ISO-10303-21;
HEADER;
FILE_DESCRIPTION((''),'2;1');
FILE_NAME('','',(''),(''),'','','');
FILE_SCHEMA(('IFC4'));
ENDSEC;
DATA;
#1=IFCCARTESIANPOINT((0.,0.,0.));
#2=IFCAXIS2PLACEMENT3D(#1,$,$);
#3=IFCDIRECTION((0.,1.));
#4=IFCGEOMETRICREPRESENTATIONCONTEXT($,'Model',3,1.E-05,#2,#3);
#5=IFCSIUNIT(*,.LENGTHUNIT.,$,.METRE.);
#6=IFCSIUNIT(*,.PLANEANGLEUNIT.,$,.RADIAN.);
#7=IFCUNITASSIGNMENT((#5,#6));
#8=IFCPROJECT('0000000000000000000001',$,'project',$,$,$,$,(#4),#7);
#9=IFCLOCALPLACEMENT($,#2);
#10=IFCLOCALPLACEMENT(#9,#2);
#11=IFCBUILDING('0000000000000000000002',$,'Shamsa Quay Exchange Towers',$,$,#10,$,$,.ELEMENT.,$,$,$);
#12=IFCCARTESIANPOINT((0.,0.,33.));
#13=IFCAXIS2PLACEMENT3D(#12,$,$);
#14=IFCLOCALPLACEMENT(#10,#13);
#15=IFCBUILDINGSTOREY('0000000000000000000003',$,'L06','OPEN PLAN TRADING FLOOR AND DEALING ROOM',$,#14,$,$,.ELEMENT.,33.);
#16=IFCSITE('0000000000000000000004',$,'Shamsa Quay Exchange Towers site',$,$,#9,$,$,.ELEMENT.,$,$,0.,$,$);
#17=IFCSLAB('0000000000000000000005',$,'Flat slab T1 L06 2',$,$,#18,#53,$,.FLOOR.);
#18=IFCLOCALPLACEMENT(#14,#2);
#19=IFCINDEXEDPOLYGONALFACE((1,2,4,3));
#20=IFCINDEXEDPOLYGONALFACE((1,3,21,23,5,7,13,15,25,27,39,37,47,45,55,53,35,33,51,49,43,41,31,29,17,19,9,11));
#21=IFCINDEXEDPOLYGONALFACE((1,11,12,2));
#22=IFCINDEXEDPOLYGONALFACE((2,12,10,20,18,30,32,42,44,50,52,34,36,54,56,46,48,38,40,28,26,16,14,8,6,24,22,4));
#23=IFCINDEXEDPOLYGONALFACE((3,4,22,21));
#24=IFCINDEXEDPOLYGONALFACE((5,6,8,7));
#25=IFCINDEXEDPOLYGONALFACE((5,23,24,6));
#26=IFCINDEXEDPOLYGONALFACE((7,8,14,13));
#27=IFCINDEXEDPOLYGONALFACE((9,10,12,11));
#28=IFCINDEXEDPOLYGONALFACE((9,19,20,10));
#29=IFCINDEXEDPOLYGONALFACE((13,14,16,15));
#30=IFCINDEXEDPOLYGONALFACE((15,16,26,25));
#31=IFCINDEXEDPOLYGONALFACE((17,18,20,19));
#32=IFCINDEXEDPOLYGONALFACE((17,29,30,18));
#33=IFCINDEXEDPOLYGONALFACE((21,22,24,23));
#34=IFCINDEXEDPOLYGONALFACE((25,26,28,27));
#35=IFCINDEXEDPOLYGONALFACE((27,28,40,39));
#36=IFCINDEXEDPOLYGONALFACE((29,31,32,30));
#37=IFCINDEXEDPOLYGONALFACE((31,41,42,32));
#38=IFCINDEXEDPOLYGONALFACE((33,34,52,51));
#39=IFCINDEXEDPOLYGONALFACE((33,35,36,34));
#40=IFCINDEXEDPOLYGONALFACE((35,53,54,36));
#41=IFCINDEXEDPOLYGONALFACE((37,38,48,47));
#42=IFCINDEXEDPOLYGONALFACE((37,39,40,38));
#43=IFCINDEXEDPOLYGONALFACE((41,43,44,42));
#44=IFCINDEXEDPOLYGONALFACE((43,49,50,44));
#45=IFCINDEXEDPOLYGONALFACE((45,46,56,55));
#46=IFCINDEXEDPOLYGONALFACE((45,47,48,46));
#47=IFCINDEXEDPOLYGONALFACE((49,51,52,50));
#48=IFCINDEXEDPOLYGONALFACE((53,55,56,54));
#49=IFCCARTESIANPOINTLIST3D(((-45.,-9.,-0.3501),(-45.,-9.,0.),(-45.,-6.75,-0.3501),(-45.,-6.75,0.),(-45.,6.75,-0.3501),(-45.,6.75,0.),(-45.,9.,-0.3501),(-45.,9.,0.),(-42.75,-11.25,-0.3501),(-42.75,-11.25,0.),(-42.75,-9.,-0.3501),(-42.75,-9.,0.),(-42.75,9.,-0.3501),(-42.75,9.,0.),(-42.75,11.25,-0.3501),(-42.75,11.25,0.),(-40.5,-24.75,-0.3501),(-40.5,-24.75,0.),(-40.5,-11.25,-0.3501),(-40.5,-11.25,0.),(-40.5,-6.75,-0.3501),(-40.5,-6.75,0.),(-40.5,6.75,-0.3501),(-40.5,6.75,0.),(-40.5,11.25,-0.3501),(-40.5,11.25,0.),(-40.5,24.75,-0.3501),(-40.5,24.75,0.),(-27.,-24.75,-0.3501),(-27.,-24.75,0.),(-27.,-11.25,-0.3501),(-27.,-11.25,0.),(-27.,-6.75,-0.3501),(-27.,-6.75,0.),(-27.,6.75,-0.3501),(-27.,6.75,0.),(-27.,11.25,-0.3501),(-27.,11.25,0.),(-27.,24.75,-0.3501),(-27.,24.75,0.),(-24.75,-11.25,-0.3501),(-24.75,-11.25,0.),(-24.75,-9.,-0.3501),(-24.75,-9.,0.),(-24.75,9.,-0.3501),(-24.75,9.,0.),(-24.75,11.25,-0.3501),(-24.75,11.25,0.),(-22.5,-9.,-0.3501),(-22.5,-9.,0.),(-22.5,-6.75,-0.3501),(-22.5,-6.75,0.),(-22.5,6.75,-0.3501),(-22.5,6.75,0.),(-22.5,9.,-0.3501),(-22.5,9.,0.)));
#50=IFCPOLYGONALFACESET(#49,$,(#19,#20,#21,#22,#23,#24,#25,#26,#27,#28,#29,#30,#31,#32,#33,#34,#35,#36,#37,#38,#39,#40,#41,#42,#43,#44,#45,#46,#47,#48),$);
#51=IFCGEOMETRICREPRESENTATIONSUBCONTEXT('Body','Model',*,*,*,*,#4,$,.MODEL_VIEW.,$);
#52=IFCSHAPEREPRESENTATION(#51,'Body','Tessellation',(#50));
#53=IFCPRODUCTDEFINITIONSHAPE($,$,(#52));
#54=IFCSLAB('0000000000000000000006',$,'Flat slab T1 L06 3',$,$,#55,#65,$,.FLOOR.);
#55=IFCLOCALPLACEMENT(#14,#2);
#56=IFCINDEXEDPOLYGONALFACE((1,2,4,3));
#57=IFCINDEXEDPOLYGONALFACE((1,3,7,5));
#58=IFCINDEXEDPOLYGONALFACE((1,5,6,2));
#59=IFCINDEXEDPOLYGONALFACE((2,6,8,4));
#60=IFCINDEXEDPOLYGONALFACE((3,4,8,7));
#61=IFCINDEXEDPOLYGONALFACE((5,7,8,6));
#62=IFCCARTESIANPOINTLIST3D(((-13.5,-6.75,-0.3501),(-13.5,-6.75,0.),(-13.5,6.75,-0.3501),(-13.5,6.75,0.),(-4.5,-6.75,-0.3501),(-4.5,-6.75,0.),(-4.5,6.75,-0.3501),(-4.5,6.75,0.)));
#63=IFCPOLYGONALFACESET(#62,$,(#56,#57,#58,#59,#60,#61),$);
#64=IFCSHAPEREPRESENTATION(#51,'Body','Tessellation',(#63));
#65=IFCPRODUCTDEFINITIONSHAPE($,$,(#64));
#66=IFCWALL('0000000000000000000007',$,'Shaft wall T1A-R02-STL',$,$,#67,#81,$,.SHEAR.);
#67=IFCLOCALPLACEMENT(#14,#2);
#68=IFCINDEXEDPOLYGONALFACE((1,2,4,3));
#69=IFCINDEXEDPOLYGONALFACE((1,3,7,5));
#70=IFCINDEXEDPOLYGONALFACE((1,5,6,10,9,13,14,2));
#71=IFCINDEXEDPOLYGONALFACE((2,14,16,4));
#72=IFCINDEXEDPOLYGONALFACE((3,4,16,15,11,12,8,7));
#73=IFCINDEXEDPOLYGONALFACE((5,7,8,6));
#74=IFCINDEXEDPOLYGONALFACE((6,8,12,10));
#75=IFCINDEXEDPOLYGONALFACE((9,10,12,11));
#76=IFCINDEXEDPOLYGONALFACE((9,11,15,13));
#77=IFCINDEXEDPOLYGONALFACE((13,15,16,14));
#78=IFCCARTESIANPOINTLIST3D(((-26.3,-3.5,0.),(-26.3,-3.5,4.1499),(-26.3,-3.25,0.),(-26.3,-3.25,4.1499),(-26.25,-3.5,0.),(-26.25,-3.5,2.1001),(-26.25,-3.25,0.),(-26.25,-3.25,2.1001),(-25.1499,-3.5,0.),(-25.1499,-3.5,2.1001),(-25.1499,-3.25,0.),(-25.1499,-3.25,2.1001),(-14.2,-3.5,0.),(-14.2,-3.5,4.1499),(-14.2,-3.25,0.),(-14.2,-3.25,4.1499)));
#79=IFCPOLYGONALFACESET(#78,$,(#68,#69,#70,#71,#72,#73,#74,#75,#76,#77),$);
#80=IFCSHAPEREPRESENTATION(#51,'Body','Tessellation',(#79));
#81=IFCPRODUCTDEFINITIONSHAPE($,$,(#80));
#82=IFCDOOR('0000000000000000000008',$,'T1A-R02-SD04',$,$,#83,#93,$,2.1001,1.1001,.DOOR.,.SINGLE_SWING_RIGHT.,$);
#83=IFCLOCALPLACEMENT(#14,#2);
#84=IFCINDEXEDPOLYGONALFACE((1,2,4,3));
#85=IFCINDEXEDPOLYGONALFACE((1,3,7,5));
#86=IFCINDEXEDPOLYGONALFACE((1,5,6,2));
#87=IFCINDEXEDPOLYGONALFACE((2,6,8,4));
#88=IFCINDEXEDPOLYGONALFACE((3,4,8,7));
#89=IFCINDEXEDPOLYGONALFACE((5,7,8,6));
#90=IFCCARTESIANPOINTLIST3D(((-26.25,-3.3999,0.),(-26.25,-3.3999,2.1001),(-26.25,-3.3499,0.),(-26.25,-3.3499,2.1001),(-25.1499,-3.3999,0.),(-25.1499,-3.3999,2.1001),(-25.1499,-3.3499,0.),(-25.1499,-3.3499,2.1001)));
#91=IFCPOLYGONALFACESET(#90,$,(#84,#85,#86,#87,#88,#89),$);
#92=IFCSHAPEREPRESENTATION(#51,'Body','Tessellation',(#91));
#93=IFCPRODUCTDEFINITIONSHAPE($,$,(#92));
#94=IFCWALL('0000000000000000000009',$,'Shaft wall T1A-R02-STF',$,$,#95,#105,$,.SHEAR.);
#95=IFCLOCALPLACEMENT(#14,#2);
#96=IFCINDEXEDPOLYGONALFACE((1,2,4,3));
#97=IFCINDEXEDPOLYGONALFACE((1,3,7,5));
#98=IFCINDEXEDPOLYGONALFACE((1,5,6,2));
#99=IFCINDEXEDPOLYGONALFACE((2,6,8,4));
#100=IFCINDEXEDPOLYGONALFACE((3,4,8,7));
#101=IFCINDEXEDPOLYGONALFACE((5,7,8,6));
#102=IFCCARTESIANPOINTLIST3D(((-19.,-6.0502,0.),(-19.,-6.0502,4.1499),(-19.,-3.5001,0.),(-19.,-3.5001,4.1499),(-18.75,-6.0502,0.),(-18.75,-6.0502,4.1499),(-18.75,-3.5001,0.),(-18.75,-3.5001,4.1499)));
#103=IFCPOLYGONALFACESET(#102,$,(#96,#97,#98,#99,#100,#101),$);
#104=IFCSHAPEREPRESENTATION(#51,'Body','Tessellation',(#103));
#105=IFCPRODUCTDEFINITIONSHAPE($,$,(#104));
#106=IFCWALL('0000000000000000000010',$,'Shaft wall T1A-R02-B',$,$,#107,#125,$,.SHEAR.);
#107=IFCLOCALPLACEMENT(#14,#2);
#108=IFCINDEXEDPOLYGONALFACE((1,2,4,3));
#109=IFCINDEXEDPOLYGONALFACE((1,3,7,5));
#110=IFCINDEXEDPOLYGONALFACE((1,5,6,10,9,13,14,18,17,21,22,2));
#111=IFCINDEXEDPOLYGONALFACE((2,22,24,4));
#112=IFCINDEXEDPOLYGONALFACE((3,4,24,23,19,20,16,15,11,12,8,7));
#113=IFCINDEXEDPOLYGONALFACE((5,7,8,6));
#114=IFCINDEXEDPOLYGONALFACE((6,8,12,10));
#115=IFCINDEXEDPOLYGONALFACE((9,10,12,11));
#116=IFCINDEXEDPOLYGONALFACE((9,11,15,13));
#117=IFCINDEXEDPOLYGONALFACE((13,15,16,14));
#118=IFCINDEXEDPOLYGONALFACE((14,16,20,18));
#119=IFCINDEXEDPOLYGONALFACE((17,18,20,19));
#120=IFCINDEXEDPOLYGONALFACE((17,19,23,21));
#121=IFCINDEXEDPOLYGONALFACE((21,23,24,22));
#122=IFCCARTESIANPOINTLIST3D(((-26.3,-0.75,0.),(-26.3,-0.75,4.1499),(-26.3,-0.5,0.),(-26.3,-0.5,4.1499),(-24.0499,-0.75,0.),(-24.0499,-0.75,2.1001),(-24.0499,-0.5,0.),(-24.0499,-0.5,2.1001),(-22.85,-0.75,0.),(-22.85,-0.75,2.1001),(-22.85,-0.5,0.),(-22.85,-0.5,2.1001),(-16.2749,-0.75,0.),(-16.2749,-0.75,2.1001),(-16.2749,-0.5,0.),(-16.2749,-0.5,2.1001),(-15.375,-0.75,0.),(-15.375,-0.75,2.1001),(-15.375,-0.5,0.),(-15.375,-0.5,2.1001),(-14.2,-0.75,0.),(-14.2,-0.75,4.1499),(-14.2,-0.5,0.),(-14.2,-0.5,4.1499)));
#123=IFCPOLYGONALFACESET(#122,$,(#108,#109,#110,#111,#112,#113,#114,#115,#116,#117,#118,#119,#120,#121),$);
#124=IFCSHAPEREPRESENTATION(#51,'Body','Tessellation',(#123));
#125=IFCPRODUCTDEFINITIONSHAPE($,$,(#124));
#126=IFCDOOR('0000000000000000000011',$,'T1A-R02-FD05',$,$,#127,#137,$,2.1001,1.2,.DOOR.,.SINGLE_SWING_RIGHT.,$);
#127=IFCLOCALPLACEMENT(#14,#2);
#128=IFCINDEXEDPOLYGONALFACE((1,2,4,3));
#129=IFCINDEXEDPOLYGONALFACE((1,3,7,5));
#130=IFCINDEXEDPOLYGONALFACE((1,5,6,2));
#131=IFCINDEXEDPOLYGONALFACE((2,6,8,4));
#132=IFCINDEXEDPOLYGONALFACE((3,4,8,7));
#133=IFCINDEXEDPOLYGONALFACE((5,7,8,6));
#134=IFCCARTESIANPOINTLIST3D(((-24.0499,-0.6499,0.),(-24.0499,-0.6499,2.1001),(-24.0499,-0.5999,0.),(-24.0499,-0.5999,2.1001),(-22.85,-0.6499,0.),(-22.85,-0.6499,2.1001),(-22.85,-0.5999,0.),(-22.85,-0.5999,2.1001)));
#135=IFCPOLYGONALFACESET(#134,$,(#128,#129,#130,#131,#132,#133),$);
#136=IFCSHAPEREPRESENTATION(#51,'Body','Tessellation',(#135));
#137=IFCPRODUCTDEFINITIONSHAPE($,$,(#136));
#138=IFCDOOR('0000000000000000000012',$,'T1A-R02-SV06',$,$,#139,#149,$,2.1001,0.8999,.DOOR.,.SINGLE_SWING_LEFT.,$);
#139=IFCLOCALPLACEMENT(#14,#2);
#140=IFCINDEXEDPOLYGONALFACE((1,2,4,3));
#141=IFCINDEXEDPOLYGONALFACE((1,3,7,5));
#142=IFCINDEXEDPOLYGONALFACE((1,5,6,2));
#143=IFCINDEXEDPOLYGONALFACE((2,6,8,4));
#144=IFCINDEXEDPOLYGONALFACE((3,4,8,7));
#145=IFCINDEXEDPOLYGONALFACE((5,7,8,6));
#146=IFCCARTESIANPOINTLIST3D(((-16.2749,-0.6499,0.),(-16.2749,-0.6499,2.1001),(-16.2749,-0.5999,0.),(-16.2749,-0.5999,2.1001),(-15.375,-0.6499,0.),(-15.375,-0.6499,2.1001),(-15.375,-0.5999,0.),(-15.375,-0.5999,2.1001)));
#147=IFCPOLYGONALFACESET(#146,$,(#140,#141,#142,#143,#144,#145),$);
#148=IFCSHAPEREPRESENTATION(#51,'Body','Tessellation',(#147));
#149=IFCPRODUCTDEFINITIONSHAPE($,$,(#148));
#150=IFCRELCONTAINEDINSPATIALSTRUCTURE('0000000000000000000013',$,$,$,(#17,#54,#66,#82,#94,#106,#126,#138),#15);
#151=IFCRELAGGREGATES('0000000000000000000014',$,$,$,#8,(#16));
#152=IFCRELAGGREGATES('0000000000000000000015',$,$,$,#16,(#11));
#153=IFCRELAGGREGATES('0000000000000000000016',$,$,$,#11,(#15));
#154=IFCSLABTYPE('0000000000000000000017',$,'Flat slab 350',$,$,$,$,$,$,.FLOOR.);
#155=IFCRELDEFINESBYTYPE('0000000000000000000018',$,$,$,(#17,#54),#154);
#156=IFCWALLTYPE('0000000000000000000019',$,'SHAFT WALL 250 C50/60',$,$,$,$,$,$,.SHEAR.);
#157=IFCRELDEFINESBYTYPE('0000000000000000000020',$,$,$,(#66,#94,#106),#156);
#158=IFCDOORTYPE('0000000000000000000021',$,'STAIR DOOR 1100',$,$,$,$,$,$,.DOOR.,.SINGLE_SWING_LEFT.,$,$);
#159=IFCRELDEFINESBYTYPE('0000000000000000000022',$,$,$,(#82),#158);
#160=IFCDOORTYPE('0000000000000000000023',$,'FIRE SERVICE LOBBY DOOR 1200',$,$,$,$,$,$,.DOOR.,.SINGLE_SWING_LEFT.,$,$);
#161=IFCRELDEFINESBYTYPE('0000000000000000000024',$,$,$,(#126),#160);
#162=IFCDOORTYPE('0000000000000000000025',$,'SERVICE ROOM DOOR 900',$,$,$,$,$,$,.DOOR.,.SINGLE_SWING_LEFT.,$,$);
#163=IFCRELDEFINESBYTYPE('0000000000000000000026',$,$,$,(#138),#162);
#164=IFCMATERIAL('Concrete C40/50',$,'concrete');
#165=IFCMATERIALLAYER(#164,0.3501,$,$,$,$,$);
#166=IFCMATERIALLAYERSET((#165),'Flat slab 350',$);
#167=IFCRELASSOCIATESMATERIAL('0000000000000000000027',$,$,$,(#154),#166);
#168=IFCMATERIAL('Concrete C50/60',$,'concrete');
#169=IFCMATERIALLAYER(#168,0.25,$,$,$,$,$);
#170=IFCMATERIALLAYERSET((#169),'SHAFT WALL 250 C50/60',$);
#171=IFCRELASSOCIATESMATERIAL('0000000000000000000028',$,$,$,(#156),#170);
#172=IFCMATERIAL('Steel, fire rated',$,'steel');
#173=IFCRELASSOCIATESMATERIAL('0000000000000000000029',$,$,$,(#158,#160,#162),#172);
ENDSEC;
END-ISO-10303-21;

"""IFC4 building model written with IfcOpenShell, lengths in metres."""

from ifc_helpers import new_model, si_unit, direction, frame, frame_2d, origin, place, context, subcontext, project, spatial, polyline, rectangle, outline, extrude, material, layer, layer_set, type_object, element, fill, save


model = new_model("IFC4")

# Units and contexts
model_context = context("Model", 3, precision=1e-05, world=origin(), true_north=direction((0.0, 1.0)))
body_context = subcontext(model_context, "Body", "Model", "MODEL_VIEW")
ifc_project = project(units=[si_unit("LENGTHUNIT", "METRE"), si_unit("PLANEANGLEUNIT", "RADIAN")], contexts=[model_context])

# Site, building, storey
site_placement = place(None, origin())
site = spatial("IfcSite", under=ifc_project, at=site_placement, Name="Shamsa Quay Exchange Towers site", CompositionType="ELEMENT", RefElevation=0.0)
building_placement = place(site_placement, origin())
building = spatial("IfcBuilding", under=site, at=building_placement, Name="Shamsa Quay Exchange Towers", CompositionType="ELEMENT")
storey_placement = place(building_placement, frame((0.0, 0.0, 33.0)))
storey = spatial("IfcBuildingStorey", under=building, at=storey_placement, Name="L06", Description="OPEN PLAN TRADING FLOOR AND DEALING ROOM", CompositionType="ELEMENT", Elevation=33.0)

# Slabs
ifc_material_1 = material(Name="Concrete C40/50", Category="concrete")
ifc_layer_1 = layer(ifc_material_1, 0.3501)
ifc_layer_set_1 = layer_set([ifc_layer_1], Name="Flat slab 350")
slab_type = type_object("IfcSlabType", Name="Flat slab 350", PredefinedType="FLOOR", material=ifc_layer_set_1)
slab_1_placement = place(storey_placement, frame((0.0, 0.0, -0.3501)))
element("IfcSlab", 1, at=slab_1_placement, inside=storey, type_object=slab_type, Name="Flat slab T1 L06 2", PredefinedType="FLOOR", context=body_context, shape_type="SweptSolid", body=[
    extrude(outline(polyline([(-22.5, -9.0), (-22.5, -6.75), (-27.0, -6.75), (-27.0, 6.75), (-22.5, 6.75), (-22.5, 9.0), (-24.75, 9.0), (-24.75, 11.25), (-27.0, 11.25), (-27.0, 24.75), (-40.5, 24.75), (-40.5, 11.25), (-42.75, 11.25), (-42.75, 9.0), (-45.0, 9.0), (-45.0, 6.75), (-40.5, 6.75), (-40.5, -6.75), (-45.0, -6.75), (-45.0, -9.0), (-42.75, -9.0), (-42.75, -11.25), (-40.5, -11.25), (-40.5, -24.75), (-27.0, -24.75), (-27.0, -11.25), (-24.75, -11.25), (-24.75, -9.0), (-22.5, -9.0)])), origin(), (0.0, 0.0, 1.0), 0.3501),
])
slab_2_placement = place(storey_placement, frame((0.0, 0.0, -0.3501)))
element("IfcSlab", 2, at=slab_2_placement, inside=storey, type_object=slab_type, Name="Flat slab T1 L06 3", PredefinedType="FLOOR", context=body_context, shape_type="SweptSolid", body=[
    extrude(outline(polyline([(-4.5, 6.75), (-13.5, 6.75), (-13.5, -6.75), (-4.5, -6.75), (-4.5, 6.75)])), origin(), (0.0, 0.0, 1.0), 0.3501),
])

# Wall, opening, door
ifc_material_2 = material(Name="Concrete C50/60", Category="concrete")
ifc_layer_2 = layer(ifc_material_2, 0.25)
ifc_layer_set_2 = layer_set([ifc_layer_2], Name="SHAFT WALL 250 C50/60")
wall_type = type_object("IfcWallType", Name="SHAFT WALL 250 C50/60", PredefinedType="SHEAR", material=ifc_layer_set_2)
wall_1_placement = place(storey_placement, frame((-14.2, -3.375, 0.0), z_axis=(0.0, 0.0, 1.0), x_axis=(-1.0, 0.0, 0.0)))
wall_1 = element("IfcWall", 3, at=wall_1_placement, inside=storey, type_object=wall_type, Name="Shaft wall T1A-R02-STL", PredefinedType="SHEAR", context=body_context, shape_type="SweptSolid", body=[
    extrude(rectangle(XDim=12.1001, YDim=0.25, at=frame_2d((6.05, 0.0))), origin(), (0.0, 0.0, 1.0), 4.1499),
])
opening_1_placement = place(wall_1_placement, frame((10.95, 0.0, 0.0)))
opening_1 = element("IfcOpeningElement", 4, at=opening_1_placement, cuts=wall_1, PredefinedType="OPENING", context=body_context, shape_type="SweptSolid", body=[
    extrude(rectangle(XDim=1.1001, YDim=2.1001, at=frame_2d((0.55, 1.05))), frame((0.0, 0.135, 0.0), z_axis=(0.0, -1.0, 0.0), x_axis=(1.0, 0.0, 0.0)), (0.0, 0.0, 1.0), 0.27),
])
ifc_material_3 = material(Name="Steel, fire rated", Category="steel")
door_type_1 = type_object("IfcDoorType", Name="STAIR DOOR 1100", OperationType="SINGLE_SWING_LEFT", PredefinedType="DOOR", material=ifc_material_3)
door_1_placement = place(opening_1_placement, origin())
door_1 = element("IfcDoor", 5, at=door_1_placement, inside=storey, type_object=door_type_1, Name="T1A-R02-SD04", OperationType="SINGLE_SWING_RIGHT", OverallHeight=2.1001, OverallWidth=1.1001, PredefinedType="DOOR", context=body_context, shape_type="SweptSolid", body=[
    extrude(rectangle(XDim=1.1001, YDim=2.1001, at=frame_2d((0.55, 1.05))), frame((0.0, 0.0249, 0.0), z_axis=(0.0, -1.0, 0.0), x_axis=(1.0, 0.0, 0.0)), (0.0, 0.0, 1.0), 0.05),
])
fill(opening_1, door_1)

# Wall
wall_2_placement = place(storey_placement, frame((-18.875, -6.05, 0.0), z_axis=(0.0, 0.0, 1.0), x_axis=(0.0, 1.0, 0.0)))
element("IfcWall", 6, at=wall_2_placement, inside=storey, type_object=wall_type, Name="Shaft wall T1A-R02-STF", PredefinedType="SHEAR", context=body_context, shape_type="SweptSolid", body=[
    extrude(rectangle(XDim=2.55, YDim=0.25, at=frame_2d((1.2749, 0.0))), origin(), (0.0, 0.0, 1.0), 4.1499),
])

# Wall, openings, doors
wall_3_placement = place(storey_placement, frame((-14.2, -0.625, 0.0), z_axis=(0.0, 0.0, 1.0), x_axis=(-1.0, 0.0, 0.0)))
wall_3 = element("IfcWall", 7, at=wall_3_placement, inside=storey, type_object=wall_type, Name="Shaft wall T1A-R02-B", PredefinedType="SHEAR", context=body_context, shape_type="SweptSolid", body=[
    extrude(rectangle(XDim=12.1001, YDim=0.25, at=frame_2d((6.05, 0.0))), origin(), (0.0, 0.0, 1.0), 4.1499),
])
opening_2_placement = place(wall_3_placement, frame((8.6499, 0.0, 0.0)))
opening_2 = element("IfcOpeningElement", 8, at=opening_2_placement, cuts=wall_3, PredefinedType="OPENING", context=body_context, shape_type="SweptSolid", body=[
    extrude(rectangle(XDim=1.2, YDim=2.1001, at=frame_2d((0.6001, 1.05))), frame((0.0, 0.135, 0.0), z_axis=(0.0, -1.0, 0.0), x_axis=(1.0, 0.0, 0.0)), (0.0, 0.0, 1.0), 0.27),
])
opening_3_placement = place(wall_3_placement, frame((1.175, 0.0, 0.0)))
opening_3 = element("IfcOpeningElement", 9, at=opening_3_placement, cuts=wall_3, PredefinedType="OPENING", context=body_context, shape_type="SweptSolid", body=[
    extrude(rectangle(XDim=0.8999, YDim=2.1001, at=frame_2d((0.45, 1.05))), frame((0.0, 0.135, 0.0), z_axis=(0.0, -1.0, 0.0), x_axis=(1.0, 0.0, 0.0)), (0.0, 0.0, 1.0), 0.27),
])
door_type_2 = type_object("IfcDoorType", Name="FIRE SERVICE LOBBY DOOR 1200", OperationType="SINGLE_SWING_LEFT", PredefinedType="DOOR", material=ifc_material_3)
door_2_placement = place(opening_2_placement, origin())
door_2 = element("IfcDoor", 10, at=door_2_placement, inside=storey, type_object=door_type_2, Name="T1A-R02-FD05", OperationType="SINGLE_SWING_RIGHT", OverallHeight=2.1001, OverallWidth=1.2, PredefinedType="DOOR", context=body_context, shape_type="SweptSolid", body=[
    extrude(rectangle(XDim=1.2, YDim=2.1001, at=frame_2d((0.6001, 1.05))), frame((0.0, 0.0249, 0.0), z_axis=(0.0, -1.0, 0.0), x_axis=(1.0, 0.0, 0.0)), (0.0, 0.0, 1.0), 0.05),
])
fill(opening_2, door_2)
door_type_3 = type_object("IfcDoorType", Name="SERVICE ROOM DOOR 900", OperationType="SINGLE_SWING_LEFT", PredefinedType="DOOR", material=ifc_material_3)
door_3_placement = place(opening_3_placement, origin())
door_3 = element("IfcDoor", 11, at=door_3_placement, inside=storey, type_object=door_type_3, Name="T1A-R02-SV06", OperationType="SINGLE_SWING_LEFT", OverallHeight=2.1001, OverallWidth=0.8999, PredefinedType="DOOR", context=body_context, shape_type="SweptSolid", body=[
    extrude(rectangle(XDim=0.8999, YDim=2.1001, at=frame_2d((0.45, 1.05))), frame((0.0, 0.0249, 0.0), z_axis=(0.0, -1.0, 0.0), x_axis=(1.0, 0.0, 0.0)), (0.0, 0.0, 1.0), 0.05),
])
fill(opening_3, door_3)

save(model, "model.ifc")
